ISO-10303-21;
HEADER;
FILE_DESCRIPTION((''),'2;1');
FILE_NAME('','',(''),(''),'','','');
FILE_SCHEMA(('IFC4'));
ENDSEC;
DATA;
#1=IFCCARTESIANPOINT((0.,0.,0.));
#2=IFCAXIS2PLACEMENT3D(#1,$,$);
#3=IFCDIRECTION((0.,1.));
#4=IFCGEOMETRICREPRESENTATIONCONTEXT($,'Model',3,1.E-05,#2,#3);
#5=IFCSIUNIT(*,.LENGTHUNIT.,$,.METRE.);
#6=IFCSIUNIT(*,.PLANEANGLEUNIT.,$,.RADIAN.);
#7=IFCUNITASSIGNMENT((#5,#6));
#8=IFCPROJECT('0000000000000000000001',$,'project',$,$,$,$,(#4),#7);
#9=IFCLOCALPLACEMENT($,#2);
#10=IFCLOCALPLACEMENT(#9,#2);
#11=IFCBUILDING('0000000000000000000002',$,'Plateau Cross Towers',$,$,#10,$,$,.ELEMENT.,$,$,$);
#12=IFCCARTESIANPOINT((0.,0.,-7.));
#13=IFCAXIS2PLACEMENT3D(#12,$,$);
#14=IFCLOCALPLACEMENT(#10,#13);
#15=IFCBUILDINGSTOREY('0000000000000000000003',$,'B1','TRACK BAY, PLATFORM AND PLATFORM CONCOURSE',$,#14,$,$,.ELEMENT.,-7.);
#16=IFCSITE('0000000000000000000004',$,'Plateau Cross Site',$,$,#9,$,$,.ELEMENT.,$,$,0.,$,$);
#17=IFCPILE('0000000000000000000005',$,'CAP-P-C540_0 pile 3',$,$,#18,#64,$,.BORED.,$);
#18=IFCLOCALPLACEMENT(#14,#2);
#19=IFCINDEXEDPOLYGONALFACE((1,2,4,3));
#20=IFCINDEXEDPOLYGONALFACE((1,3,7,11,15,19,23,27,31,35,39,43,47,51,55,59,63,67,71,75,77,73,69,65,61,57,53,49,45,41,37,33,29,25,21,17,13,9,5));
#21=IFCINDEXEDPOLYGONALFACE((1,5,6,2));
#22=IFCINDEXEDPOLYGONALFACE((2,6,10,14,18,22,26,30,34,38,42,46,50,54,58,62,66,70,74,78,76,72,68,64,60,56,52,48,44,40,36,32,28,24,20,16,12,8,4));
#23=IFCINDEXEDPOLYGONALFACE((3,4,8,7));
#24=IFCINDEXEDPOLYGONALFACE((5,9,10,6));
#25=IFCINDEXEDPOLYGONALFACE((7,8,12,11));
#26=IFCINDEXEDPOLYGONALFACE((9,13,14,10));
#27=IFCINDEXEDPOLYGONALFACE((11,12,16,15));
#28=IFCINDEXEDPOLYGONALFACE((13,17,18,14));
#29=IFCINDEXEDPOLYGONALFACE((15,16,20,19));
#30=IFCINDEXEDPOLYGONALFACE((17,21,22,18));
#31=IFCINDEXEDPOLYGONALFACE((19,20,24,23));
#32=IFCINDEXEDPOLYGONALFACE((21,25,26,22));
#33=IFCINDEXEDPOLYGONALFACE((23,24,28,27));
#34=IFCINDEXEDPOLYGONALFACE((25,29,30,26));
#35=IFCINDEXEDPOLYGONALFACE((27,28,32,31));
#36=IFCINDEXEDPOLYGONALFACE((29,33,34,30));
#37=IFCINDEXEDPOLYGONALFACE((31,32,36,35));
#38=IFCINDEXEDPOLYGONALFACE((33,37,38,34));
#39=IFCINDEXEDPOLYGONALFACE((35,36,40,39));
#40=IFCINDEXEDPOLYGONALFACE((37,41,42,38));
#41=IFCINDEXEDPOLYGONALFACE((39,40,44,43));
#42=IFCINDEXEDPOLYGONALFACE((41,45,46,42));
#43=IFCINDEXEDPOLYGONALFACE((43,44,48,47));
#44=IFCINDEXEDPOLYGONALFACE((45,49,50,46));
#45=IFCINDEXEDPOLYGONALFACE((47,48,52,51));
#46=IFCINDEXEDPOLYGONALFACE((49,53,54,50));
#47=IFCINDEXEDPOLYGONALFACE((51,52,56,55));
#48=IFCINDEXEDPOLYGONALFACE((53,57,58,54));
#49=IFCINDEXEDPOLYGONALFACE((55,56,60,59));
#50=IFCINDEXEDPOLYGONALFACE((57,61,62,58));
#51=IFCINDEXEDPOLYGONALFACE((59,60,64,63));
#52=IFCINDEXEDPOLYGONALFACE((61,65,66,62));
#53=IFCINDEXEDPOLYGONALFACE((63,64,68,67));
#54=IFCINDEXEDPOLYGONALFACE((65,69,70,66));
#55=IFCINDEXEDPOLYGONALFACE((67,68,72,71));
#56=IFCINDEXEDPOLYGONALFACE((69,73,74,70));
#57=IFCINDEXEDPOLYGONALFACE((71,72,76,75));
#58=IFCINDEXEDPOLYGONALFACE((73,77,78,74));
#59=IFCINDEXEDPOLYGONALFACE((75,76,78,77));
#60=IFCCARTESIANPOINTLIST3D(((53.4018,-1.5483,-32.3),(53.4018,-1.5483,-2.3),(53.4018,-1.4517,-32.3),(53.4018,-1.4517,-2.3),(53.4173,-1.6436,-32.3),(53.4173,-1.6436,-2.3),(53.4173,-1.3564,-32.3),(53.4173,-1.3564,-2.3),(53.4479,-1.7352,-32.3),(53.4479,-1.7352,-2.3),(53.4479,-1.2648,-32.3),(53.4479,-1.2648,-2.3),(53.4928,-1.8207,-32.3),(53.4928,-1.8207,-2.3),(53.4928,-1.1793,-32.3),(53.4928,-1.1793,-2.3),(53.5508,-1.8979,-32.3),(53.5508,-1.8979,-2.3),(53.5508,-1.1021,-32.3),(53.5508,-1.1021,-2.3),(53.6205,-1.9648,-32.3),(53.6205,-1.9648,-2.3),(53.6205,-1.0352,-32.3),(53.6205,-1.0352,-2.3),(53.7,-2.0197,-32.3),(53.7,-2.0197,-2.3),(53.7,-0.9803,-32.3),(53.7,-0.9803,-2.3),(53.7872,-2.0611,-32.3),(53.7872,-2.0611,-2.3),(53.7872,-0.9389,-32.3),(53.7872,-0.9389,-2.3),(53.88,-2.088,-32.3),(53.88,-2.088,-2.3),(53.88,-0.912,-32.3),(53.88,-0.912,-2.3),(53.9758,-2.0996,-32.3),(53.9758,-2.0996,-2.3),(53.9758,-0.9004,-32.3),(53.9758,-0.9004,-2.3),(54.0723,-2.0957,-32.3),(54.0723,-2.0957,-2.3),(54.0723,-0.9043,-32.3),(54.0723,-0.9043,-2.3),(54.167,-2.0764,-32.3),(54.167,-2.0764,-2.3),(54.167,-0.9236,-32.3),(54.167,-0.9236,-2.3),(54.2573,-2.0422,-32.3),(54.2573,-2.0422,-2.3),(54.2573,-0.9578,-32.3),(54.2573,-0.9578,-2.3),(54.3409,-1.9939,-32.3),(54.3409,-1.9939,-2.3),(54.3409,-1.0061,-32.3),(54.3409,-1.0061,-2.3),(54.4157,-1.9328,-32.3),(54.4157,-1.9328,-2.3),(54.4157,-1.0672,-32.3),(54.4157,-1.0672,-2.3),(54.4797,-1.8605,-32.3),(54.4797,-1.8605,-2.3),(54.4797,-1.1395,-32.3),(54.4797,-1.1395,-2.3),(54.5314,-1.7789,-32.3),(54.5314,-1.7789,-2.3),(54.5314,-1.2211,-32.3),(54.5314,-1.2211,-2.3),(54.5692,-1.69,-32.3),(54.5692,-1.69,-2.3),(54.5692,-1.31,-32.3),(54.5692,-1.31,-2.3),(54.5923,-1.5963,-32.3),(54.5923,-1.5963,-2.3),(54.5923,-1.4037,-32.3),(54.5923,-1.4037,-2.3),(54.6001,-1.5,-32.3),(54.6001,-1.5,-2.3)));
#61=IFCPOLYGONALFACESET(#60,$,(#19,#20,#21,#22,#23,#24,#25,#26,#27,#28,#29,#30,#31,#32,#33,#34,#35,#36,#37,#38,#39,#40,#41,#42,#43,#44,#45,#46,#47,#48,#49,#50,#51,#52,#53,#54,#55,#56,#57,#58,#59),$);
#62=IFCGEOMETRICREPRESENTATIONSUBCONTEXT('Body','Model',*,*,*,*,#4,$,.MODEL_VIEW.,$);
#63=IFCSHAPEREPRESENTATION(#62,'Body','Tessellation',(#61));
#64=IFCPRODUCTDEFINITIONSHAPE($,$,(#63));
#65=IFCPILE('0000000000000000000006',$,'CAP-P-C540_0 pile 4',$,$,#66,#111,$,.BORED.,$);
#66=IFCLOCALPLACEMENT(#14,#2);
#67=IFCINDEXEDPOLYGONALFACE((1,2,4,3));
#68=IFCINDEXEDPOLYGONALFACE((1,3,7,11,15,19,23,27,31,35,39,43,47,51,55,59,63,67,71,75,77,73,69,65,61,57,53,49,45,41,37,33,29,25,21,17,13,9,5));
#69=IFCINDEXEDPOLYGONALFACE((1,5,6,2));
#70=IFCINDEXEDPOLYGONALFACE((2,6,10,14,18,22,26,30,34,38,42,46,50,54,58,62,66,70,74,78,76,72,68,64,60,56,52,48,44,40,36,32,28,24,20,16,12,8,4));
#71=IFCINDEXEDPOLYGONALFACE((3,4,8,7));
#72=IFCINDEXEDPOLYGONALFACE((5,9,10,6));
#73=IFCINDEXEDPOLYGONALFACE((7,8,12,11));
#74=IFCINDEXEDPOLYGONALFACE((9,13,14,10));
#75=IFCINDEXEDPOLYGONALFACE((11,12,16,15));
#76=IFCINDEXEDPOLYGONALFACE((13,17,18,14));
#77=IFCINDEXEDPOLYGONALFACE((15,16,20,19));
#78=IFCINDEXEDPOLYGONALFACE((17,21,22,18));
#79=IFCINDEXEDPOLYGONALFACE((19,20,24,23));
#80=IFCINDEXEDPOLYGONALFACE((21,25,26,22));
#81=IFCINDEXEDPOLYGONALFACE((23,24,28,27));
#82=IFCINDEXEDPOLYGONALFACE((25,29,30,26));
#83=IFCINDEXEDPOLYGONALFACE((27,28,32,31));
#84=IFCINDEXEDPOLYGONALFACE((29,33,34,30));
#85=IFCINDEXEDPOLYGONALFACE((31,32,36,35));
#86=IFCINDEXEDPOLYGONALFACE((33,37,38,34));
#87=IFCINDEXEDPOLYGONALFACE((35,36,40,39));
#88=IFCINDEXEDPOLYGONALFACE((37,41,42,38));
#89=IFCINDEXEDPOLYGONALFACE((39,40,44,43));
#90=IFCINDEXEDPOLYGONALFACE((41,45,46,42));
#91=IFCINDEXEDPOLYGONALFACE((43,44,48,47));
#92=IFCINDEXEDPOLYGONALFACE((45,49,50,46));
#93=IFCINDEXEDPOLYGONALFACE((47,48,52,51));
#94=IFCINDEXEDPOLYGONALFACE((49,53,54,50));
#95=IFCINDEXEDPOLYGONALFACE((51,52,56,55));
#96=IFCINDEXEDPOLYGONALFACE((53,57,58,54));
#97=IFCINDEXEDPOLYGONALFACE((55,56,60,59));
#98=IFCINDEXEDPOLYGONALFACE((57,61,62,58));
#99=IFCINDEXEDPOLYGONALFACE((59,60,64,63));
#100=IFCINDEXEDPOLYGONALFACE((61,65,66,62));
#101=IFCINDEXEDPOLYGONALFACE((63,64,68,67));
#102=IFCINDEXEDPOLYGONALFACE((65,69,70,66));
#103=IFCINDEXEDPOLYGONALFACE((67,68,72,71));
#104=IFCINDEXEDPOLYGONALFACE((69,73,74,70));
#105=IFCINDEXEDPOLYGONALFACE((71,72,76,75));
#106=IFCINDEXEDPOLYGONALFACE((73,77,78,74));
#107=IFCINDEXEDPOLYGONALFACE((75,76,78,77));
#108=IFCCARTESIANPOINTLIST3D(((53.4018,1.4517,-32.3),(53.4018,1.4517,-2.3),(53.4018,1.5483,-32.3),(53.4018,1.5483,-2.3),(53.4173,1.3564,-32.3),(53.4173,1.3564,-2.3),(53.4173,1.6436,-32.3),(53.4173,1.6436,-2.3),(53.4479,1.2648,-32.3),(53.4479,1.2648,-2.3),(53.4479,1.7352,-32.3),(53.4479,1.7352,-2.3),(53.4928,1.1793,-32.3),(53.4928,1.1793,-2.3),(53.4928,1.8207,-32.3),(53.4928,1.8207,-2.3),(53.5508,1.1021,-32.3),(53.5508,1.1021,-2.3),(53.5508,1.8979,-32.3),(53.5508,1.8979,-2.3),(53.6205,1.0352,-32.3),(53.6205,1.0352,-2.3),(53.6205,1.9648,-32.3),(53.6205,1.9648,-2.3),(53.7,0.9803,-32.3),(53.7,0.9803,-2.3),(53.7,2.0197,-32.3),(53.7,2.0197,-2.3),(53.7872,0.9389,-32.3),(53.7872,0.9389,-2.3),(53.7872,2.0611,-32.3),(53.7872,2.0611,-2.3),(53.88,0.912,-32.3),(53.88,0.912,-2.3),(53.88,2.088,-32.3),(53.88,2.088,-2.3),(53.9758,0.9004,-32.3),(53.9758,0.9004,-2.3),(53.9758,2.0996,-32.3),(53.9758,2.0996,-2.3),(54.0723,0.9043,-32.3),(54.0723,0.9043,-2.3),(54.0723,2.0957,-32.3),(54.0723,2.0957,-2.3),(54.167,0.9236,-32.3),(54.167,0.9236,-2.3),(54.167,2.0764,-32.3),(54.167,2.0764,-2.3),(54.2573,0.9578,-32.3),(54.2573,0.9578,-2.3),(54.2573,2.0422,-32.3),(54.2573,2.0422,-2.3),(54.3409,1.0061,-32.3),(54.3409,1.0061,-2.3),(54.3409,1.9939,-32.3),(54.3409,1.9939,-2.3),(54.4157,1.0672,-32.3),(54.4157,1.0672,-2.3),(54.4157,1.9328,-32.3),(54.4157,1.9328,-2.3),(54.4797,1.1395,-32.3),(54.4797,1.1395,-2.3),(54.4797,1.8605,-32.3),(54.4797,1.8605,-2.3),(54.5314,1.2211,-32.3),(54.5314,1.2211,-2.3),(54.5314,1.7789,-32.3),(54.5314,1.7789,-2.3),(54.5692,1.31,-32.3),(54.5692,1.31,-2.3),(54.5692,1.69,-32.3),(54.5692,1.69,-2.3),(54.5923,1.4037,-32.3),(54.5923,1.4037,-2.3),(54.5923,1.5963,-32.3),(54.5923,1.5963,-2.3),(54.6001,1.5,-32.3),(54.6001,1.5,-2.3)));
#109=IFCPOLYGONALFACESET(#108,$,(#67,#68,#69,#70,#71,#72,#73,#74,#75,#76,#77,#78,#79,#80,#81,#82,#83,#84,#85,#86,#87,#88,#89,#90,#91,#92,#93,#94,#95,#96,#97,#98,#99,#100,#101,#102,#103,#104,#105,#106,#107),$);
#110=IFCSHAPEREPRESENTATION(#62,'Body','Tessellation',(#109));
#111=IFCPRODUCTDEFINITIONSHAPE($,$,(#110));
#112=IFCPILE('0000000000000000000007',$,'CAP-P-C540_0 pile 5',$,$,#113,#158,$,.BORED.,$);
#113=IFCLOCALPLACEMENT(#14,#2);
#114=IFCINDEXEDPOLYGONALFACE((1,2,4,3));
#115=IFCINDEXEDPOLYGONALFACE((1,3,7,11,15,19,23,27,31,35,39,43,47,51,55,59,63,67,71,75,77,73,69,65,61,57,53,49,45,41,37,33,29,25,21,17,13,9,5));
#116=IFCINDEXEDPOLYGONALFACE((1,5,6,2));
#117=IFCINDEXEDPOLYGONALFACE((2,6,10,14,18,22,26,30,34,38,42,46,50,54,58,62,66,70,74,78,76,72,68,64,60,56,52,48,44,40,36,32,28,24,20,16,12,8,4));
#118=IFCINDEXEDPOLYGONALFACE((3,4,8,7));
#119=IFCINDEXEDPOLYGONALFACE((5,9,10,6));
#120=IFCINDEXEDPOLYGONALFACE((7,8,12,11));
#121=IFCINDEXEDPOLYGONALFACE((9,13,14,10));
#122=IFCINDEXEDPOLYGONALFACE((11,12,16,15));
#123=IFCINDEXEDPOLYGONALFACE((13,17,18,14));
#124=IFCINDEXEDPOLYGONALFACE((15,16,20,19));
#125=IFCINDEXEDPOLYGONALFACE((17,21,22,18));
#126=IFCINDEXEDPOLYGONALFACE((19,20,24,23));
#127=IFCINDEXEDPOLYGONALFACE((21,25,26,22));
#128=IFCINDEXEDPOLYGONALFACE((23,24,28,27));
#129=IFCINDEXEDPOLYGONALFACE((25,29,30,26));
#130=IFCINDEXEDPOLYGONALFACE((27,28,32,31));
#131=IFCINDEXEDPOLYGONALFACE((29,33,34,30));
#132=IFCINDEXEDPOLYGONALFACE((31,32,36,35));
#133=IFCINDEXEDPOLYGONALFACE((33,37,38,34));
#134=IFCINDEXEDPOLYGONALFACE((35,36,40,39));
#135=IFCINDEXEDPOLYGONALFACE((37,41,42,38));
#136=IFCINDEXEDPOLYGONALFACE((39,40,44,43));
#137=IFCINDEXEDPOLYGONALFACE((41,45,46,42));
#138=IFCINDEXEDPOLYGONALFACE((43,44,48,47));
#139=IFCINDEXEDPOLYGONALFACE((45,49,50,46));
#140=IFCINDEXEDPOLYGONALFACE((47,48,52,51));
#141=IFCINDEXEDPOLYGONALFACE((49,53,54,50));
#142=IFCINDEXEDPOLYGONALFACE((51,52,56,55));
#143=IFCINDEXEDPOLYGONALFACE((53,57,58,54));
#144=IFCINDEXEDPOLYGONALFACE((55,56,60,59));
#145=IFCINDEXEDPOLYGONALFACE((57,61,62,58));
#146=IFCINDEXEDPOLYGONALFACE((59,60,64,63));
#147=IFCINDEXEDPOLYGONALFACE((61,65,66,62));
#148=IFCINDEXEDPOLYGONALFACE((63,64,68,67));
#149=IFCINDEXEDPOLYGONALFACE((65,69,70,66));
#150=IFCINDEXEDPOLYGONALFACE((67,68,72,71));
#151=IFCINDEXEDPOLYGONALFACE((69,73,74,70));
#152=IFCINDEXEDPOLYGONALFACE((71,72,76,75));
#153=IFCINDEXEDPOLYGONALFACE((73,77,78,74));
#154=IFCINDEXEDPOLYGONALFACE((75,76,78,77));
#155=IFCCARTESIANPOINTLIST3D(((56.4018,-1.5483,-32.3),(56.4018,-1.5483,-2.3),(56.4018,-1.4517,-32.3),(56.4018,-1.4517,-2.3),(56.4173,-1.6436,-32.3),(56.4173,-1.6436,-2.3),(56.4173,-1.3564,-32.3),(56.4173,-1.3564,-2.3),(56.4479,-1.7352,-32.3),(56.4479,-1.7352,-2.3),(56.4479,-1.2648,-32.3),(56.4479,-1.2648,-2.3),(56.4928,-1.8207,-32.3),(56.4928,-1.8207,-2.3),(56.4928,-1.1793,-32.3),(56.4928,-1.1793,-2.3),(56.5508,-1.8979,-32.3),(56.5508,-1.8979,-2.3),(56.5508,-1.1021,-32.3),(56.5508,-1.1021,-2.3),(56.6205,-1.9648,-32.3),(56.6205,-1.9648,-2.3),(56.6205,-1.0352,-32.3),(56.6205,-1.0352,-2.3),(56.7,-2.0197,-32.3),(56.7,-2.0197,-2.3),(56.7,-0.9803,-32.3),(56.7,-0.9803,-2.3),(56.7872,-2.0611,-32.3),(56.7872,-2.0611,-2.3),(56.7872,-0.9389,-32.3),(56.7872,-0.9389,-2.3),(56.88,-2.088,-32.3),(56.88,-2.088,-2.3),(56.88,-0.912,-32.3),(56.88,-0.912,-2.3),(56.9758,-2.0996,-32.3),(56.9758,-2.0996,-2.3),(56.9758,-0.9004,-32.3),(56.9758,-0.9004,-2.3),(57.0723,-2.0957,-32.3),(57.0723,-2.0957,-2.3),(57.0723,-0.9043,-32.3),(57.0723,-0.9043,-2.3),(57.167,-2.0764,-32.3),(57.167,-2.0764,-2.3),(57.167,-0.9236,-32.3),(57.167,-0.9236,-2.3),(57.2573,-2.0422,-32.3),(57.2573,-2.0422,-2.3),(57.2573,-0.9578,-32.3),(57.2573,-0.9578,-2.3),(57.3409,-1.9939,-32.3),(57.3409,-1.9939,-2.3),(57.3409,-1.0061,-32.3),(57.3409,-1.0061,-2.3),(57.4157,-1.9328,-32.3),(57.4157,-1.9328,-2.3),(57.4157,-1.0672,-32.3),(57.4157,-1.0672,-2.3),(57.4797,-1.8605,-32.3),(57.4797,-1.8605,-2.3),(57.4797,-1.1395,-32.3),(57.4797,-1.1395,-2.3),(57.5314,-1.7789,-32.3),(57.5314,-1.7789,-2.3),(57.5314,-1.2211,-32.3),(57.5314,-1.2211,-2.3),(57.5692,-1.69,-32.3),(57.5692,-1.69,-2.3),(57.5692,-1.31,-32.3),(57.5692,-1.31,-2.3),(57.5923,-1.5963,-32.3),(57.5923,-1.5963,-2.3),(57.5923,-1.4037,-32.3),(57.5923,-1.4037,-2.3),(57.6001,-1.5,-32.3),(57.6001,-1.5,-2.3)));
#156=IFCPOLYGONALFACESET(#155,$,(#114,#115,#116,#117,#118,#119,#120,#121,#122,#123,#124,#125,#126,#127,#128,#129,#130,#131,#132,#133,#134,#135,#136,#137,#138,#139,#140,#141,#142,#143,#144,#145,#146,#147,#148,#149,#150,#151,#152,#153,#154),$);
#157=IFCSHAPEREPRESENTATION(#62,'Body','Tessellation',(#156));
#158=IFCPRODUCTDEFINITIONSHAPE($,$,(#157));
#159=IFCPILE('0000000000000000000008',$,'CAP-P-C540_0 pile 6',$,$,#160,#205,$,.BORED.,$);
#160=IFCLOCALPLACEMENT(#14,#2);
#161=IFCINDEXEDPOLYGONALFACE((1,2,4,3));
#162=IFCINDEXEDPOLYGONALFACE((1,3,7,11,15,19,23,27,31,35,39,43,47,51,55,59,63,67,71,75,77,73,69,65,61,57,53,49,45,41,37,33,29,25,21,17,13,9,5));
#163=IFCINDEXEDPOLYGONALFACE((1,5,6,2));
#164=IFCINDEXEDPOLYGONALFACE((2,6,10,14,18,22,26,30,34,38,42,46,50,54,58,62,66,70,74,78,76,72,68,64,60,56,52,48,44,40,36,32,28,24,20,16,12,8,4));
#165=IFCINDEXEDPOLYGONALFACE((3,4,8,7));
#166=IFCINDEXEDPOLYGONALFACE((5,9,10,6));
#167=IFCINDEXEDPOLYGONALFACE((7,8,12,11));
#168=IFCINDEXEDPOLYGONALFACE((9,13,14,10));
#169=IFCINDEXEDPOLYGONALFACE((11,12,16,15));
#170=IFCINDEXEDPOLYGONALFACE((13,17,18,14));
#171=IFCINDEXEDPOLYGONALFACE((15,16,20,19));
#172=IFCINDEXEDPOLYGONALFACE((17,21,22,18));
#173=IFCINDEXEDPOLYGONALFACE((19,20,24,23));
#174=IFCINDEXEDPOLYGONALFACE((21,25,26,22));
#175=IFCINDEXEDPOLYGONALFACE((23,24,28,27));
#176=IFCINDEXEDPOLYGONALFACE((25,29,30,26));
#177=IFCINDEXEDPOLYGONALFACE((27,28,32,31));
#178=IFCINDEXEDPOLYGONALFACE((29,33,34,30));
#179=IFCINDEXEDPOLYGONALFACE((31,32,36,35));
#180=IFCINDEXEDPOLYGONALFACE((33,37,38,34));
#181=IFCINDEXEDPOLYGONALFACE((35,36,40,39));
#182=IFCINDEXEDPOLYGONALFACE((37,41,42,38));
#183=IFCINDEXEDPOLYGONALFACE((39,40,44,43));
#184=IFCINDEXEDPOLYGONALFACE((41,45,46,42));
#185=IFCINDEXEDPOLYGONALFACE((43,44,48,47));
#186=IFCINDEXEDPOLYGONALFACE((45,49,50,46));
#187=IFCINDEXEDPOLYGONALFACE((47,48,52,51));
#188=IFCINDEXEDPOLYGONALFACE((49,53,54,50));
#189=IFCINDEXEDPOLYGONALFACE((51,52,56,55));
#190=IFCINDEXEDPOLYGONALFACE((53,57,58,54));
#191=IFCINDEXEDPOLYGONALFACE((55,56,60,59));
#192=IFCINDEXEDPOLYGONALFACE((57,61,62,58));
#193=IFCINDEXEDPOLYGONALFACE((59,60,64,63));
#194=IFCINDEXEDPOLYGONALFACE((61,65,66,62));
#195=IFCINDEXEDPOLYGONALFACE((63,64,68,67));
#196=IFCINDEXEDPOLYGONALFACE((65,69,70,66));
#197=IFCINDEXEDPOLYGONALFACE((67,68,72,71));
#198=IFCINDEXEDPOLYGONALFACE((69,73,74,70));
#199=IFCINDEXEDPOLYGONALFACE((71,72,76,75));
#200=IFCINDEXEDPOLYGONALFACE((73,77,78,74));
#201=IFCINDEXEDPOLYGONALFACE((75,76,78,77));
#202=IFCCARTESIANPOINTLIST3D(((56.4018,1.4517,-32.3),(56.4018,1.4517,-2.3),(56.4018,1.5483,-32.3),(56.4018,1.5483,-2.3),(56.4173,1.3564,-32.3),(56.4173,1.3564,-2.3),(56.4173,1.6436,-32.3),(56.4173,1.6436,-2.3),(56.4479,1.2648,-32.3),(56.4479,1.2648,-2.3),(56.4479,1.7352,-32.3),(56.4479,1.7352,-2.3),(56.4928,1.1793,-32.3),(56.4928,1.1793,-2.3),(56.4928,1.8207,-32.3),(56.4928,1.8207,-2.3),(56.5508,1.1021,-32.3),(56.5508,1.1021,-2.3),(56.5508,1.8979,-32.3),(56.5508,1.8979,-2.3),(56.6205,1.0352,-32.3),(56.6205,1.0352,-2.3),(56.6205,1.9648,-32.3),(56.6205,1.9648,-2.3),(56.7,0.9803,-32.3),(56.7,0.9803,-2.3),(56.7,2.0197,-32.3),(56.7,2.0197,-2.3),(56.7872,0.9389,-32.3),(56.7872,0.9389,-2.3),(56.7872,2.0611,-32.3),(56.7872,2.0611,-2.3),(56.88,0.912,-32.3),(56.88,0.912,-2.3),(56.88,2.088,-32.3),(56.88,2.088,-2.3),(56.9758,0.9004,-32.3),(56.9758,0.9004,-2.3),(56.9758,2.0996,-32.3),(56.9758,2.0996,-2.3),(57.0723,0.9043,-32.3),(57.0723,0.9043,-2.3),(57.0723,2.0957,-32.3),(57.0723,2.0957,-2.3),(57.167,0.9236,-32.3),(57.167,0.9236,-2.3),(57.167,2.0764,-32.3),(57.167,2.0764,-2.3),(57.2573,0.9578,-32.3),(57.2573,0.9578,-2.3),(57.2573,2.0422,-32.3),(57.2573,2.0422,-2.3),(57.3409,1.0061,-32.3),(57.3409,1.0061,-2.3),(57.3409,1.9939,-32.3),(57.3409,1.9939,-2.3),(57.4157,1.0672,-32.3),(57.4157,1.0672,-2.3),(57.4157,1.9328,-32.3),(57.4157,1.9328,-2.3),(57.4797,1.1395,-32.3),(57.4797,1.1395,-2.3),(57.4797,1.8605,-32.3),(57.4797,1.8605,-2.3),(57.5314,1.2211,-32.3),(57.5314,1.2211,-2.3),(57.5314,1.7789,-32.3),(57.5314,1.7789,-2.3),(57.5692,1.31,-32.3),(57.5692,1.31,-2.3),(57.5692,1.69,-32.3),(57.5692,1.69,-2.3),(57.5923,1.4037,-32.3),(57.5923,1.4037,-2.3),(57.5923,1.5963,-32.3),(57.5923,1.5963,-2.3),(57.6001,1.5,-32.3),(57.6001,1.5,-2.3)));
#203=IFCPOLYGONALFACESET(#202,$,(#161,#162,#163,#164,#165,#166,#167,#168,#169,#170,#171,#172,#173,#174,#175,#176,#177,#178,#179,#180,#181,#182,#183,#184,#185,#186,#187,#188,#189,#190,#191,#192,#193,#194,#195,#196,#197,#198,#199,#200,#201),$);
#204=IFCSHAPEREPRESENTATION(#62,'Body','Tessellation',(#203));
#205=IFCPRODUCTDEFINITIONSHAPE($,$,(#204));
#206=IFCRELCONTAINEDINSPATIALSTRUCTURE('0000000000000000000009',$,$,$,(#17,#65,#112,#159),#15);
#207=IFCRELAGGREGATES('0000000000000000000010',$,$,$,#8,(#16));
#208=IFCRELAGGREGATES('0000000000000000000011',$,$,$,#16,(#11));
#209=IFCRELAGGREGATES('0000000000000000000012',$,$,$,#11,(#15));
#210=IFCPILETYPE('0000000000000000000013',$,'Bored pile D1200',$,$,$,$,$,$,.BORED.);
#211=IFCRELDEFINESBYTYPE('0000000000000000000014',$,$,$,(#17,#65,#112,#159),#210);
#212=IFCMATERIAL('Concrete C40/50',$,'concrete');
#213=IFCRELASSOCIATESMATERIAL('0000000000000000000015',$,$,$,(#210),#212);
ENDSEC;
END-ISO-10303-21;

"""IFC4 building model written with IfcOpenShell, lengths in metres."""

from ifc_helpers import new_model, si_unit, direction, frame, origin, origin_2d, place, context, subcontext, project, spatial, circle, extrude, material, material_profile, profile_set, type_object, element, save


model = new_model("IFC4")

# Units and contexts
model_context = context("Model", 3, precision=1e-05, world=origin(), true_north=direction((0.0, 1.0)))
body_context = subcontext(model_context, "Body", "Model", "MODEL_VIEW")
ifc_project = project(units=[si_unit("LENGTHUNIT", "METRE"), si_unit("PLANEANGLEUNIT", "RADIAN")], contexts=[model_context])

# Site, building, storey
site_placement = place(None, origin())
site = spatial("IfcSite", under=ifc_project, at=site_placement, Name="Plateau Cross Site", CompositionType="ELEMENT", RefElevation=0.0)
building_placement = place(site_placement, origin())
building = spatial("IfcBuilding", under=site, at=building_placement, Name="Plateau Cross Towers", CompositionType="ELEMENT")
storey_placement = place(building_placement, frame((0.0, 0.0, -7.0)))
storey = spatial("IfcBuildingStorey", under=building, at=storey_placement, Name="B1", Description="TRACK BAY, PLATFORM AND PLATFORM CONCOURSE", CompositionType="ELEMENT", Elevation=-7.0)

# Piles
ifc_material_1 = material(Name="Concrete C40/50", Category="concrete")
ifc_material_profile_1 = material_profile(ifc_material_1, circle(Radius=0.6001, at=origin_2d()), Name="Bored pile D1200")
ifc_profile_set_1 = profile_set([ifc_material_profile_1], Name="Concrete C40/50")
pile_type = type_object("IfcPileType", Name="Bored pile D1200", PredefinedType="BORED", material=ifc_profile_set_1)
for number, where, z_axis, x_axis, name in (
    (1, (54.0, -1.5, -2.3), (0.0, 0.0, -1.0), (1.0, 0.0, 0.0), "CAP-P-C540_0 pile 3"),
    (2, (54.0, 1.5, -2.3), (0.0, 0.0, -1.0), (1.0, 0.0, 0.0), "CAP-P-C540_0 pile 4"),
    (3, (57.0, -1.5, -2.3), (0.0, 0.0, -1.0), (1.0, 0.0, 0.0), "CAP-P-C540_0 pile 5"),
    (4, (57.0, 1.5, -2.3), (0.0, 0.0, -1.0), (1.0, 0.0, 0.0), "CAP-P-C540_0 pile 6"),
):
    element("IfcPile", number, at=place(storey_placement, frame(where, z_axis=z_axis, x_axis=x_axis)), inside=storey, type_object=pile_type, Name=name, PredefinedType="BORED", context=body_context, shape_type="SweptSolid", body=[
        extrude(circle(Radius=0.6001, at=origin_2d()), origin(), (0.0, 0.0, 1.0), 30.0),
    ])

save(model, "model.ifc")
